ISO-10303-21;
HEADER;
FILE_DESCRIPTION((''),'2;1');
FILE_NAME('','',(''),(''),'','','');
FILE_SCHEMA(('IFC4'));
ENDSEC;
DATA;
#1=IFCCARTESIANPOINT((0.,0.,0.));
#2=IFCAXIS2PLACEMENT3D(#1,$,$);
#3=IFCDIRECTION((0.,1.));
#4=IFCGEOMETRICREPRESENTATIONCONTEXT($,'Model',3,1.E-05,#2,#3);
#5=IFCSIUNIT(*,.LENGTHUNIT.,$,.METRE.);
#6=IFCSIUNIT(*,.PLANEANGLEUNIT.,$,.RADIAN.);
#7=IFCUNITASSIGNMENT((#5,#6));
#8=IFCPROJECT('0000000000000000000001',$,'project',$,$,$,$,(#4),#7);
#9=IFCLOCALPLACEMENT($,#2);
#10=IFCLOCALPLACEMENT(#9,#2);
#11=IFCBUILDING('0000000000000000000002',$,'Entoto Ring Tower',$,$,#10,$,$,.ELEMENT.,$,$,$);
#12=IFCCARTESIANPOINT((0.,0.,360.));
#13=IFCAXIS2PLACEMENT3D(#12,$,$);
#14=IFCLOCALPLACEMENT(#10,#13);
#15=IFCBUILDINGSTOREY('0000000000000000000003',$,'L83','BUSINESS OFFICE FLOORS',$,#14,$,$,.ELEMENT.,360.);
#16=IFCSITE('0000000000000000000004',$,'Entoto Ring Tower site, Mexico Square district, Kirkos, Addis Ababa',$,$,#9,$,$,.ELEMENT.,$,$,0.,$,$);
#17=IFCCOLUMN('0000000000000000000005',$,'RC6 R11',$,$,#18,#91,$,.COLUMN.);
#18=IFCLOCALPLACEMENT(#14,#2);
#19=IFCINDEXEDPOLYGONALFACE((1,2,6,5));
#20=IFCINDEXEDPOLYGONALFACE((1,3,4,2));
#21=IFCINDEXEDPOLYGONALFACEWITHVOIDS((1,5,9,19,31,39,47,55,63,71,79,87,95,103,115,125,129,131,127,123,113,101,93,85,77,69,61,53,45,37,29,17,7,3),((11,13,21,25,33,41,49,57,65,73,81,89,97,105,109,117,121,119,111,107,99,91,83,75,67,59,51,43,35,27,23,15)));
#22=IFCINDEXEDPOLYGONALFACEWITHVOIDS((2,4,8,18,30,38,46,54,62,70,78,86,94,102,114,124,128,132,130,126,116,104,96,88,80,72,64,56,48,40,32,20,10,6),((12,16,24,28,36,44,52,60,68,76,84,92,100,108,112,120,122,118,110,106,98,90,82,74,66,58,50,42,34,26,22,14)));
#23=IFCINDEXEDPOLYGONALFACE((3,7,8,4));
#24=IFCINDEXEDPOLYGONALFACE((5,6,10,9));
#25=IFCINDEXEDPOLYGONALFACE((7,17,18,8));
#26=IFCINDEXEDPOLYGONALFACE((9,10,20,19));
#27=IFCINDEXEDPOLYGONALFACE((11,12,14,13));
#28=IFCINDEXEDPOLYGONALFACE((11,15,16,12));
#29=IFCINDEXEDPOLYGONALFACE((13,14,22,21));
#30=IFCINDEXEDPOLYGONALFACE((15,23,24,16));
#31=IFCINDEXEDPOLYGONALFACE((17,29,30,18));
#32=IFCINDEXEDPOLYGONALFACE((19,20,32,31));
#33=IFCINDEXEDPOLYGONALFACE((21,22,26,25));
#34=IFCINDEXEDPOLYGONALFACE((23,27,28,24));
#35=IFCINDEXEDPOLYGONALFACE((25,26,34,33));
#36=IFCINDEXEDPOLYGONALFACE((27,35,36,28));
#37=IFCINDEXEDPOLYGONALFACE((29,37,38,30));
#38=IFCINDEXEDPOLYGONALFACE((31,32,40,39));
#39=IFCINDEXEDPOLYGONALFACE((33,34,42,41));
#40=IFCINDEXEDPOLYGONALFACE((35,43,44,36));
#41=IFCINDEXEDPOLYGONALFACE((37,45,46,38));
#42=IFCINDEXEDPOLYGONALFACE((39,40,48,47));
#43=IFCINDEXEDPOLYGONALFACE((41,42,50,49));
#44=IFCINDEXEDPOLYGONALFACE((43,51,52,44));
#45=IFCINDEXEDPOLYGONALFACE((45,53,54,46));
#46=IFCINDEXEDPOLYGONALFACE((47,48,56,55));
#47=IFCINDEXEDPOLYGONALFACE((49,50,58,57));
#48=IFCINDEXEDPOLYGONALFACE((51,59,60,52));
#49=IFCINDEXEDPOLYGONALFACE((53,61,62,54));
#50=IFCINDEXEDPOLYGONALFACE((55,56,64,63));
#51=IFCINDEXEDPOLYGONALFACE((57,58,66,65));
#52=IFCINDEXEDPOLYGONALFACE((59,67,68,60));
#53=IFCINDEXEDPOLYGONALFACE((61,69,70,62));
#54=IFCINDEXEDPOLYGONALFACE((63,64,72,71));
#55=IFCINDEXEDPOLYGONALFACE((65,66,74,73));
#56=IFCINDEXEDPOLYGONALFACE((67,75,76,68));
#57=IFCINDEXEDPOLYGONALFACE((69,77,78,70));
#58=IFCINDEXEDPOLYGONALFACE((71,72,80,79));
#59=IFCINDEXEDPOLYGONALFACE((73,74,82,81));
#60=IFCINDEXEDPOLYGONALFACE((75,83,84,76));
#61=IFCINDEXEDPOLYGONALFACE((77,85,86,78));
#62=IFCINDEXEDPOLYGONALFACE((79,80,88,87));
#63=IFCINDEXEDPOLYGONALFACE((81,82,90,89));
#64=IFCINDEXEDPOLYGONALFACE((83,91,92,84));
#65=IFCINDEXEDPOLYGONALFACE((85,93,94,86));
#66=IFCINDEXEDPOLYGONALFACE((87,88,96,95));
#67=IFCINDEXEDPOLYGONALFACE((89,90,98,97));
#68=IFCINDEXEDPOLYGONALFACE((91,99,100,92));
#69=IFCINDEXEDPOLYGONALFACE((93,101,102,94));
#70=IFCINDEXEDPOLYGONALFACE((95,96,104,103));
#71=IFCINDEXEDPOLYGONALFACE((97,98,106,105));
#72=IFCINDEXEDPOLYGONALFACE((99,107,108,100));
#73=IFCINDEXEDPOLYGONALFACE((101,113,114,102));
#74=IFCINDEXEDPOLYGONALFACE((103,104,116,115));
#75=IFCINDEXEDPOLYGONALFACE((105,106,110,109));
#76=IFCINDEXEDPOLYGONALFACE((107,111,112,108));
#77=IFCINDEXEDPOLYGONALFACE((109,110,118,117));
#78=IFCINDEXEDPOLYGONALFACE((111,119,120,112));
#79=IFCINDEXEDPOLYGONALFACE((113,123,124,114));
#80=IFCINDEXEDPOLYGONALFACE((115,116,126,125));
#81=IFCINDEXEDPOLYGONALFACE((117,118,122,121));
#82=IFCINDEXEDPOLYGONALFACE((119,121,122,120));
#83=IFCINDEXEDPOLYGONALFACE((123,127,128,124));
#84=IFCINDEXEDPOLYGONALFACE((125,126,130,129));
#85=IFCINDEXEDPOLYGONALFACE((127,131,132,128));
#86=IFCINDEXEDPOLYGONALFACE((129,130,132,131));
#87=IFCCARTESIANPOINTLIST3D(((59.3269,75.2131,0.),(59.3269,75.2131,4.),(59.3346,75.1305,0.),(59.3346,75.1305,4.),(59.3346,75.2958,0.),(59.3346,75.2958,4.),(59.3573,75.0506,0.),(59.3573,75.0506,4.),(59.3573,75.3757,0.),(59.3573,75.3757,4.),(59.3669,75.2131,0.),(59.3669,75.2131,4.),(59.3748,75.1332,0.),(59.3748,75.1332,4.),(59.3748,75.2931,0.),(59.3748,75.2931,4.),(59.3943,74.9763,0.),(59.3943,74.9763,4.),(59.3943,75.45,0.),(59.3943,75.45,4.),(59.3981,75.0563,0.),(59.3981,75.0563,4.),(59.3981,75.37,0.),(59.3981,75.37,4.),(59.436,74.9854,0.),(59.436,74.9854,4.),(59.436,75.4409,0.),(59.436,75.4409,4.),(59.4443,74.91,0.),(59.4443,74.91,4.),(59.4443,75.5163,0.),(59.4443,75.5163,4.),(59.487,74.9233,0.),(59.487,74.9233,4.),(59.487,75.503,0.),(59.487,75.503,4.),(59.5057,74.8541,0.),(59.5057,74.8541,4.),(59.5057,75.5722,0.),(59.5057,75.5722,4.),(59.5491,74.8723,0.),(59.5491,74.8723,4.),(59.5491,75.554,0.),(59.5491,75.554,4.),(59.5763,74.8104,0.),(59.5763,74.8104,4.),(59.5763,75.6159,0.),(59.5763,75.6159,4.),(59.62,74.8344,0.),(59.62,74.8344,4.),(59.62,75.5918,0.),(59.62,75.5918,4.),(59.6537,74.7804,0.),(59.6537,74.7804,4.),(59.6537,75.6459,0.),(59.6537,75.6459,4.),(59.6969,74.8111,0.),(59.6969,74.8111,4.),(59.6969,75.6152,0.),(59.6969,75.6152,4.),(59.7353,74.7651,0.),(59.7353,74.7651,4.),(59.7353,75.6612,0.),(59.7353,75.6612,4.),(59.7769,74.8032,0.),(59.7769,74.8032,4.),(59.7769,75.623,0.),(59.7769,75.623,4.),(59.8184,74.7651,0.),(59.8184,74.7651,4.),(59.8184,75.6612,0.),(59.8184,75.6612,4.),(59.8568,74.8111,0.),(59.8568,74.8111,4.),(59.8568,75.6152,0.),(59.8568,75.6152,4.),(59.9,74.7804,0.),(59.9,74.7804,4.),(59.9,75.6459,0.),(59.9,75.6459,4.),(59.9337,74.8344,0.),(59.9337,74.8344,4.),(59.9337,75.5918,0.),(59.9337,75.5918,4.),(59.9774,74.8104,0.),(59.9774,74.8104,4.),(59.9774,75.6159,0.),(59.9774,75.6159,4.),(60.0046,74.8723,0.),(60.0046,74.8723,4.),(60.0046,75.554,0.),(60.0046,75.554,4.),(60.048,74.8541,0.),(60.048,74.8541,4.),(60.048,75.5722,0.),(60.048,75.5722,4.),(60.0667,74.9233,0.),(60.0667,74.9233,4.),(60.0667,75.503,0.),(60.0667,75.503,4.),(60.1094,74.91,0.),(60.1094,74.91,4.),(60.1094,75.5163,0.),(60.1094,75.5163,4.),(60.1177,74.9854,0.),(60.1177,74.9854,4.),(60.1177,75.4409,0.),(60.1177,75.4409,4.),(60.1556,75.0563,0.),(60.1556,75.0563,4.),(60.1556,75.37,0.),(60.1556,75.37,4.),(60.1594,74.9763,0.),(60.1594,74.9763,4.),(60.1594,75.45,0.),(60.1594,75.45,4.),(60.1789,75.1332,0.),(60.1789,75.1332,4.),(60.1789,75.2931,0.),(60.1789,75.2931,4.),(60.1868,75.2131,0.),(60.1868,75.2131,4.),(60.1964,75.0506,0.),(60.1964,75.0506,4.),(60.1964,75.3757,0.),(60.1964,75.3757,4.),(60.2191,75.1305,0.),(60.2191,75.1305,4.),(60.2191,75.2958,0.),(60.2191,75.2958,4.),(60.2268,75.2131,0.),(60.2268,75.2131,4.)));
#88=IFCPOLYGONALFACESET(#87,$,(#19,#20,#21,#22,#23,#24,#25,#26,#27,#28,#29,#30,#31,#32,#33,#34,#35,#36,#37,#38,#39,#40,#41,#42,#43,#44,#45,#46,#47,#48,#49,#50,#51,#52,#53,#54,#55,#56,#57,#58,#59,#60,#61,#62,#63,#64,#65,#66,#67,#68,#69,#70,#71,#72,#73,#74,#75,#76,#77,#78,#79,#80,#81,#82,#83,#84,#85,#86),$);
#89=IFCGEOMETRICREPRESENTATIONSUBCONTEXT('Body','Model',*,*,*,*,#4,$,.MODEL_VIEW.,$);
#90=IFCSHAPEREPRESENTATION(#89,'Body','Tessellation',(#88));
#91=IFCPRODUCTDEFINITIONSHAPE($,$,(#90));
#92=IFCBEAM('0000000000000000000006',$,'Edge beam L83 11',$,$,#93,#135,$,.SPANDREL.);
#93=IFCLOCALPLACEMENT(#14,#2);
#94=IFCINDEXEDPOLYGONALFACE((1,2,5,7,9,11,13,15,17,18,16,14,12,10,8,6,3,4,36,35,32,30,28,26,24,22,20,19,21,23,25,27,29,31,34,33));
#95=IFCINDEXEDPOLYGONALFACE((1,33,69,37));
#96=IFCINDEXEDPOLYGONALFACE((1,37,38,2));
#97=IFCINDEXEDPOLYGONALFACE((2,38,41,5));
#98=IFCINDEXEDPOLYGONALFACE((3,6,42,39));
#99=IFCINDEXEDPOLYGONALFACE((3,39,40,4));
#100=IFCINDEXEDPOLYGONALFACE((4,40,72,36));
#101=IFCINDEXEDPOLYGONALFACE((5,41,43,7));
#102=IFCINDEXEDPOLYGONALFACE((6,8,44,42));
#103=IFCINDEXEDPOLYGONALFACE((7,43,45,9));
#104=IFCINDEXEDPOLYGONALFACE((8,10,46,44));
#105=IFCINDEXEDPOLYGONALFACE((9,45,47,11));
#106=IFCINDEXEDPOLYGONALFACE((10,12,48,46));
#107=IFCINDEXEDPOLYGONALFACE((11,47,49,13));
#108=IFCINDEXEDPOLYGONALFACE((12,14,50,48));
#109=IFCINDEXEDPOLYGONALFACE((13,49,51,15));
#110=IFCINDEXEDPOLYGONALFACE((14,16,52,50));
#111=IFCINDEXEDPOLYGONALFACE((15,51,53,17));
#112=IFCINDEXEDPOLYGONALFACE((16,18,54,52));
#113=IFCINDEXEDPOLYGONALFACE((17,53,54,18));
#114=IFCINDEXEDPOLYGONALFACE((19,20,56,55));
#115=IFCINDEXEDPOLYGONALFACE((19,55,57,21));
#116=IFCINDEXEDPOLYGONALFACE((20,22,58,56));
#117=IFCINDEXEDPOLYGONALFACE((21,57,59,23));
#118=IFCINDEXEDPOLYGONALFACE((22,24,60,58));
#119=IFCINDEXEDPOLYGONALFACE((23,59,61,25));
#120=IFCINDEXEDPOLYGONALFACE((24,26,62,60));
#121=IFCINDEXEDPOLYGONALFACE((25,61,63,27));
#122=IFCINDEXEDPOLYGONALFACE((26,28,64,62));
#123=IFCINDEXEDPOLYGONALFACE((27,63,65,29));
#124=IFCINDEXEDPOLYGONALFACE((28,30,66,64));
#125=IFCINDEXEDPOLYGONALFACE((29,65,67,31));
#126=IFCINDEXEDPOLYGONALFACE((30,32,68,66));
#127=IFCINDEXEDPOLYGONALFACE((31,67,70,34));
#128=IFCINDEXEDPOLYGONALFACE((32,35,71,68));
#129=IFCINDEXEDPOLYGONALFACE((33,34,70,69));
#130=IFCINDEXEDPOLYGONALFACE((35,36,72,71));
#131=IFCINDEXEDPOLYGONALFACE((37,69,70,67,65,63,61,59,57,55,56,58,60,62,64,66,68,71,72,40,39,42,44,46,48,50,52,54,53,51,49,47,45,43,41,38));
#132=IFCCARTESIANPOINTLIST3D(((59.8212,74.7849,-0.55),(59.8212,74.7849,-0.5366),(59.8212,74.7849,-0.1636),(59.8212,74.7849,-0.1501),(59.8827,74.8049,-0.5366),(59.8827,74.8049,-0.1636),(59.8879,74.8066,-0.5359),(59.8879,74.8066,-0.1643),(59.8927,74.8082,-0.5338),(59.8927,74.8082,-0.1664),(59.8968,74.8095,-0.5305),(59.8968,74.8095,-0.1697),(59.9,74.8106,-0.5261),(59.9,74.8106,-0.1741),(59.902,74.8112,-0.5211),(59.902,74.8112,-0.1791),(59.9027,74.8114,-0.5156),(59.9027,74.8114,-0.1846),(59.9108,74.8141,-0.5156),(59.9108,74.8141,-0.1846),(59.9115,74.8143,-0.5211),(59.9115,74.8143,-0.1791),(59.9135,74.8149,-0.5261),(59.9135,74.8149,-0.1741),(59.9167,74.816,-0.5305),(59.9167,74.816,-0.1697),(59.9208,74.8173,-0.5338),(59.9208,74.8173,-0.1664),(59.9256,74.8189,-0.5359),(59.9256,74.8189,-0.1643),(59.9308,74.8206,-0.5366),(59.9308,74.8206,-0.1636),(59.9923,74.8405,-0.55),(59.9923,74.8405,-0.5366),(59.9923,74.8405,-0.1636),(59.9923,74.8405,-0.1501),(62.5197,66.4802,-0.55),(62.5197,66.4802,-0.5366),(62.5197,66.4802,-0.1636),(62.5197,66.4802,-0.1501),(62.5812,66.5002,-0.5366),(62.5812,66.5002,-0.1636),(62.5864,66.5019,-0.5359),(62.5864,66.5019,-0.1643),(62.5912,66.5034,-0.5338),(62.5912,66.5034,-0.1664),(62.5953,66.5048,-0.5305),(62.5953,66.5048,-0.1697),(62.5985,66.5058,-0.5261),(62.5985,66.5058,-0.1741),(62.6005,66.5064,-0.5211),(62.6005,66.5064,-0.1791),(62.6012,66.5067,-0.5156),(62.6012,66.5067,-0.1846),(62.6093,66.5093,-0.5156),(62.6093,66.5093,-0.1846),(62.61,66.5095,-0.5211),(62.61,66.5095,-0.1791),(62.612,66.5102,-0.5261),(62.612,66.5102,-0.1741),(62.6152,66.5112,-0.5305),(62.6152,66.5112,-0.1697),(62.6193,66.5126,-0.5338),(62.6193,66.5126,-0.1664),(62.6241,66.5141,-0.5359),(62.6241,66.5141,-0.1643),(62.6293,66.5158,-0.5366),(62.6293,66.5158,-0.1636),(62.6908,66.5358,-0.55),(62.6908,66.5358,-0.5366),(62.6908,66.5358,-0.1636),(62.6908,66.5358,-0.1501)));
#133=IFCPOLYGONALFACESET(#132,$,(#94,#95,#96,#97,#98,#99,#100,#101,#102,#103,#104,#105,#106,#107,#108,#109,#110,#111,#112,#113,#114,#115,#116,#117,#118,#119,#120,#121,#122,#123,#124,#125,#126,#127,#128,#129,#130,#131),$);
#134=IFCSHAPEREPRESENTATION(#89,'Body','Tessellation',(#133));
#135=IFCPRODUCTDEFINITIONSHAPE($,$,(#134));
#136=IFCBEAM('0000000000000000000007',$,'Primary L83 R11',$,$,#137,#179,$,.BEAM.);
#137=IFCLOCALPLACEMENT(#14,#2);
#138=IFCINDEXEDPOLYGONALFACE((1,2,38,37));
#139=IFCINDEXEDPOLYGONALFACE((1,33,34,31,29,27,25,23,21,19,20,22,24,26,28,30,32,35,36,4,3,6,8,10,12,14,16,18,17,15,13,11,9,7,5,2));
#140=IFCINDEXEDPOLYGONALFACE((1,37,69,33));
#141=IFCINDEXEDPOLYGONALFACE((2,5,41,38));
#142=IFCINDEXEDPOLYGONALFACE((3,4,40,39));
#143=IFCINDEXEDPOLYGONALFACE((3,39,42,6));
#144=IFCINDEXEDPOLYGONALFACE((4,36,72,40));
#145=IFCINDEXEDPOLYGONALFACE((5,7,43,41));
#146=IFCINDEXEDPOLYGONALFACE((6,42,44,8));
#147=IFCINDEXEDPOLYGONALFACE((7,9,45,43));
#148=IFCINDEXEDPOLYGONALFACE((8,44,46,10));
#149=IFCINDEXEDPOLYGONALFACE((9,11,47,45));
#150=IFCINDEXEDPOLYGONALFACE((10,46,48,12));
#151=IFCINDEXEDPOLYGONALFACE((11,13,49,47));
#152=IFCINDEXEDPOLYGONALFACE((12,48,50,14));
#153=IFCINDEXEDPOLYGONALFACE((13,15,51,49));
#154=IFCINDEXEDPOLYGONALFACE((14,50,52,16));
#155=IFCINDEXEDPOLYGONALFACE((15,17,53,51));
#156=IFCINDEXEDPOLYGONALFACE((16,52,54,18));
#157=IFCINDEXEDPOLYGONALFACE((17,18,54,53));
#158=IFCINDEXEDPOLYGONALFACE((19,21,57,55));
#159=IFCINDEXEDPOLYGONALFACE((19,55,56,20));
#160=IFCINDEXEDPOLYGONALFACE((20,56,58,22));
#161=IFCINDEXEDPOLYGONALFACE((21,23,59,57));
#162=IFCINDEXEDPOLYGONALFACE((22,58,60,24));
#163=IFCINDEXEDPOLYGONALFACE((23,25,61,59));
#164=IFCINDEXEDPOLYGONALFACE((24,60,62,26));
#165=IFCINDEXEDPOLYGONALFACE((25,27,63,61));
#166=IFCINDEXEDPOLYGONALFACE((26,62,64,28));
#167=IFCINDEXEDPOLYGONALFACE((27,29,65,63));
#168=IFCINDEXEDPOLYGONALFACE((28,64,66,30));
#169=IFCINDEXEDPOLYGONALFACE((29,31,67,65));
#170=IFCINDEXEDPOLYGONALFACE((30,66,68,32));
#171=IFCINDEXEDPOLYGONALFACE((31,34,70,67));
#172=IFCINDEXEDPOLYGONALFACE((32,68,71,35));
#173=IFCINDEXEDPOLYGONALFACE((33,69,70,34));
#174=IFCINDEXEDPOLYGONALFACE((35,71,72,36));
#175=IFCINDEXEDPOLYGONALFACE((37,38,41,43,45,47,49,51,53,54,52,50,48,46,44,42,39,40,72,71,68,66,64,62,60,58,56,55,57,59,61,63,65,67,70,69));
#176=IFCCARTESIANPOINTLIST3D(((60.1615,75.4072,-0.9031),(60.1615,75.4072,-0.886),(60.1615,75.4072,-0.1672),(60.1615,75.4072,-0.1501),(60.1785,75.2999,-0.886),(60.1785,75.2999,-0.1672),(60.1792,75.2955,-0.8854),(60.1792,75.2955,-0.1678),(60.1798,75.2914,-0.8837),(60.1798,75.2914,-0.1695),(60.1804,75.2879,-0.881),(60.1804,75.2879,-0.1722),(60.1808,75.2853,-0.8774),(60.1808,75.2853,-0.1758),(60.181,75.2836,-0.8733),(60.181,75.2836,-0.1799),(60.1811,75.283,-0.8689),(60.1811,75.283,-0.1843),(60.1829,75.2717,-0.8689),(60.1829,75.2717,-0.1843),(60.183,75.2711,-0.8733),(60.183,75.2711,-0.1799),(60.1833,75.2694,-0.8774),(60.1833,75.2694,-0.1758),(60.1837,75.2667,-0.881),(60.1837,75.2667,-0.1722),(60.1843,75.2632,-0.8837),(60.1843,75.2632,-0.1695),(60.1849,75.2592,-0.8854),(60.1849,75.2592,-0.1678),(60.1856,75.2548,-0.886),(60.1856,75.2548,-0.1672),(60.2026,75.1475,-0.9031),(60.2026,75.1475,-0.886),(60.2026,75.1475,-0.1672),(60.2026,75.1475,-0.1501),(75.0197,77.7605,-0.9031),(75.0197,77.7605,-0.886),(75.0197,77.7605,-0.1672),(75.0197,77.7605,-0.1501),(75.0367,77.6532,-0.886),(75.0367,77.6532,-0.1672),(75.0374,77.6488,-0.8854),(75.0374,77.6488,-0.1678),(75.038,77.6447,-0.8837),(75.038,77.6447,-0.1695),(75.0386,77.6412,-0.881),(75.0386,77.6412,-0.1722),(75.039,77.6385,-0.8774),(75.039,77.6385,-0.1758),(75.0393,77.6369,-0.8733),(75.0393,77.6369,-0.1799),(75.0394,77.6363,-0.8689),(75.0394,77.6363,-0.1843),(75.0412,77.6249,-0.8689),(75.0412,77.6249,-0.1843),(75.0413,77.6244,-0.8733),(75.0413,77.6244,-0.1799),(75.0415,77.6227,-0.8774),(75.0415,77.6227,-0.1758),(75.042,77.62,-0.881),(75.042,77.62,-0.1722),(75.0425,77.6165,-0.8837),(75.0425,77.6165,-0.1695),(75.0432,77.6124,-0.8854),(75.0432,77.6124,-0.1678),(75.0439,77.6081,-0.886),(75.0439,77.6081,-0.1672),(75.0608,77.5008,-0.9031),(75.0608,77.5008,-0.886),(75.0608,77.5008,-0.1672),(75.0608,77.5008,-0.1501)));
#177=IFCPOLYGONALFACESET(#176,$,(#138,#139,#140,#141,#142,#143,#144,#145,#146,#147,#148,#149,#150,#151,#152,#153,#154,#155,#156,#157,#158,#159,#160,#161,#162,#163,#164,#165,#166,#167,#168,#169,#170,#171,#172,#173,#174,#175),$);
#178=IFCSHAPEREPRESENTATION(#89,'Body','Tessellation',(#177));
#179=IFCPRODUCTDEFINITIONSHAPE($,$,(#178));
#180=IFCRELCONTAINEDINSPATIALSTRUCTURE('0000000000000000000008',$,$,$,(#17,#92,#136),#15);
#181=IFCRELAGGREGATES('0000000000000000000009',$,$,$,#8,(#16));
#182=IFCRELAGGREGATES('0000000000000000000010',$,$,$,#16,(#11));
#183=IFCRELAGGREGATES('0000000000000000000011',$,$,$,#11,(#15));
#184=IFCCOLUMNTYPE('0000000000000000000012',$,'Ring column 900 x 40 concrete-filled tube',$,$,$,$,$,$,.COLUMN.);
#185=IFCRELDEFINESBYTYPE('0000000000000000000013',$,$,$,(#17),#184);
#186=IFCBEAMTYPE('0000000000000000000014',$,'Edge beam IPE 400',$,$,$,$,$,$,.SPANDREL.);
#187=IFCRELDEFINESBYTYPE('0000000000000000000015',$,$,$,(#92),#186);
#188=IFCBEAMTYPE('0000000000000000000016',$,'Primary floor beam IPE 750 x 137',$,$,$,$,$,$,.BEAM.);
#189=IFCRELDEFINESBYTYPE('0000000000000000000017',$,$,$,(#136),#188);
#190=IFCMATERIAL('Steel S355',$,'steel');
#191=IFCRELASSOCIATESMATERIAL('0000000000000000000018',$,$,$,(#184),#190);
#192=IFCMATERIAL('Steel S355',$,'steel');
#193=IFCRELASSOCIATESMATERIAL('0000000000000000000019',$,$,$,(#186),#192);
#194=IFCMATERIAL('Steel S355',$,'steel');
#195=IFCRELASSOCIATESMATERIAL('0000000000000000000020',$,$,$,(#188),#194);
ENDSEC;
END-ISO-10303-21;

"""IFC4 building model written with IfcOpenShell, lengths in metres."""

from ifc_helpers import new_model, si_unit, direction, frame, origin, origin_2d, place, context, subcontext, project, spatial, circle, hollow_circle, i_section, extrude, material, material_profile, profile_set, type_object, element, save


model = new_model("IFC4")

# Units and contexts
model_context = context("Model", 3, precision=1e-05, world=origin(), true_north=direction((0.0, 1.0)))
body_context = subcontext(model_context, "Body", "Model", "MODEL_VIEW")
ifc_project = project(units=[si_unit("LENGTHUNIT", "METRE"), si_unit("PLANEANGLEUNIT", "RADIAN")], contexts=[model_context])

# Site, building, storey
site_placement = place(None, origin())
site = spatial("IfcSite", under=ifc_project, at=site_placement, Name="Entoto Ring Tower site, Mexico Square district, Kirkos, Addis Ababa", CompositionType="ELEMENT", RefElevation=0.0)
building_placement = place(site_placement, origin())
building = spatial("IfcBuilding", under=site, at=building_placement, Name="Entoto Ring Tower", CompositionType="ELEMENT")
storey_placement = place(building_placement, frame((0.0, 0.0, 360.0)))
storey = spatial("IfcBuildingStorey", under=building, at=storey_placement, Name="L83", Description="BUSINESS OFFICE FLOORS", CompositionType="ELEMENT", Elevation=360.0)

# Column
ifc_material_1 = material(Name="Steel S355", Category="steel")
ifc_material_profile_1 = material_profile(ifc_material_1, hollow_circle(Radius=0.45, WallThickness=0.04, at=origin_2d()), Name="CHS 900 x 40")
ifc_material_2 = material(Name="Concrete C60/75", Category="concrete")
ifc_material_profile_2 = material_profile(ifc_material_2, circle(Radius=0.4099, at=origin_2d()), Name="Concrete C60/75 infill")
ifc_profile_set_1 = profile_set([ifc_material_profile_1, ifc_material_profile_2], Name="Steel S355")
column_type = type_object("IfcColumnType", Name="Ring column 900 x 40 concrete-filled tube", PredefinedType="COLUMN", material=ifc_profile_set_1)
column_placement = place(storey_placement, frame((59.7769, 75.2131, 0.0), z_axis=(0.0, 0.0, 1.0), x_axis=(1.0, 0.0, 0.0)))
element("IfcColumn", 1, at=column_placement, inside=storey, type_object=column_type, Name="RC6 R11", PredefinedType="COLUMN", context=body_context, shape_type="SweptSolid", body=[
    extrude(hollow_circle(Radius=0.45, WallThickness=0.04, at=origin_2d()), origin(), (0.0, 0.0, 1.0), 4.0),
])

# Beams
ifc_material_3 = material(Name="Steel S355", Category="steel")
ifc_material_profile_3 = material_profile(ifc_material_3, i_section(OverallWidth=0.1799, OverallDepth=0.3999, WebThickness=0.0085, FlangeThickness=0.0134, FilletRadius=0.021, at=origin_2d()), Name="IPE 400")
ifc_profile_set_2 = profile_set([ifc_material_profile_3], Name="Steel S355")
beam_type_1 = type_object("IfcBeamType", Name="Edge beam IPE 400", PredefinedType="SPANDREL", material=ifc_profile_set_2)
beam_1_placement = place(storey_placement, frame((59.9067, 74.8127, -0.3501), z_axis=(0.30903, -0.951052, 0.0), x_axis=(0.951052, 0.30903, 0.0)))
element("IfcBeam", 2, at=beam_1_placement, inside=storey, type_object=beam_type_1, Name="Edge beam L83 11", PredefinedType="SPANDREL", context=body_context, shape_type="SweptSolid", body=[
    extrude(i_section(OverallWidth=0.1799, OverallDepth=0.3999, WebThickness=0.0085, FlangeThickness=0.0134, FilletRadius=0.021, at=origin_2d()), origin(), (0.0, 0.0, 1.0), 8.7322),
])
ifc_material_4 = material(Name="Steel S355", Category="steel")
ifc_material_profile_4 = material_profile(ifc_material_4, i_section(OverallWidth=0.2629, OverallDepth=0.7529, WebThickness=0.0115, FlangeThickness=0.0171, FilletRadius=0.0171, at=origin_2d()), Name="IPE 750 x 137")
ifc_profile_set_3 = profile_set([ifc_material_profile_4], Name="Steel S355")
beam_type_2 = type_object("IfcBeamType", Name="Primary floor beam IPE 750 x 137", PredefinedType="BEAM", material=ifc_profile_set_3)
beam_2_placement = place(storey_placement, frame((75.0403, 77.6306, -0.5266), z_axis=(-0.987689, -0.156433, 0.0), x_axis=(0.156433, -0.987689, 0.0)))
element("IfcBeam", 3, at=beam_2_placement, inside=storey, type_object=beam_type_2, Name="Primary L83 R11", PredefinedType="BEAM", context=body_context, shape_type="SweptSolid", body=[
    extrude(i_section(OverallWidth=0.2629, OverallDepth=0.7529, WebThickness=0.0115, FlangeThickness=0.0171, FilletRadius=0.0171, at=origin_2d()), origin(), (0.0, 0.0, 1.0), 15.0435),
])

save(model, "model.ifc")
